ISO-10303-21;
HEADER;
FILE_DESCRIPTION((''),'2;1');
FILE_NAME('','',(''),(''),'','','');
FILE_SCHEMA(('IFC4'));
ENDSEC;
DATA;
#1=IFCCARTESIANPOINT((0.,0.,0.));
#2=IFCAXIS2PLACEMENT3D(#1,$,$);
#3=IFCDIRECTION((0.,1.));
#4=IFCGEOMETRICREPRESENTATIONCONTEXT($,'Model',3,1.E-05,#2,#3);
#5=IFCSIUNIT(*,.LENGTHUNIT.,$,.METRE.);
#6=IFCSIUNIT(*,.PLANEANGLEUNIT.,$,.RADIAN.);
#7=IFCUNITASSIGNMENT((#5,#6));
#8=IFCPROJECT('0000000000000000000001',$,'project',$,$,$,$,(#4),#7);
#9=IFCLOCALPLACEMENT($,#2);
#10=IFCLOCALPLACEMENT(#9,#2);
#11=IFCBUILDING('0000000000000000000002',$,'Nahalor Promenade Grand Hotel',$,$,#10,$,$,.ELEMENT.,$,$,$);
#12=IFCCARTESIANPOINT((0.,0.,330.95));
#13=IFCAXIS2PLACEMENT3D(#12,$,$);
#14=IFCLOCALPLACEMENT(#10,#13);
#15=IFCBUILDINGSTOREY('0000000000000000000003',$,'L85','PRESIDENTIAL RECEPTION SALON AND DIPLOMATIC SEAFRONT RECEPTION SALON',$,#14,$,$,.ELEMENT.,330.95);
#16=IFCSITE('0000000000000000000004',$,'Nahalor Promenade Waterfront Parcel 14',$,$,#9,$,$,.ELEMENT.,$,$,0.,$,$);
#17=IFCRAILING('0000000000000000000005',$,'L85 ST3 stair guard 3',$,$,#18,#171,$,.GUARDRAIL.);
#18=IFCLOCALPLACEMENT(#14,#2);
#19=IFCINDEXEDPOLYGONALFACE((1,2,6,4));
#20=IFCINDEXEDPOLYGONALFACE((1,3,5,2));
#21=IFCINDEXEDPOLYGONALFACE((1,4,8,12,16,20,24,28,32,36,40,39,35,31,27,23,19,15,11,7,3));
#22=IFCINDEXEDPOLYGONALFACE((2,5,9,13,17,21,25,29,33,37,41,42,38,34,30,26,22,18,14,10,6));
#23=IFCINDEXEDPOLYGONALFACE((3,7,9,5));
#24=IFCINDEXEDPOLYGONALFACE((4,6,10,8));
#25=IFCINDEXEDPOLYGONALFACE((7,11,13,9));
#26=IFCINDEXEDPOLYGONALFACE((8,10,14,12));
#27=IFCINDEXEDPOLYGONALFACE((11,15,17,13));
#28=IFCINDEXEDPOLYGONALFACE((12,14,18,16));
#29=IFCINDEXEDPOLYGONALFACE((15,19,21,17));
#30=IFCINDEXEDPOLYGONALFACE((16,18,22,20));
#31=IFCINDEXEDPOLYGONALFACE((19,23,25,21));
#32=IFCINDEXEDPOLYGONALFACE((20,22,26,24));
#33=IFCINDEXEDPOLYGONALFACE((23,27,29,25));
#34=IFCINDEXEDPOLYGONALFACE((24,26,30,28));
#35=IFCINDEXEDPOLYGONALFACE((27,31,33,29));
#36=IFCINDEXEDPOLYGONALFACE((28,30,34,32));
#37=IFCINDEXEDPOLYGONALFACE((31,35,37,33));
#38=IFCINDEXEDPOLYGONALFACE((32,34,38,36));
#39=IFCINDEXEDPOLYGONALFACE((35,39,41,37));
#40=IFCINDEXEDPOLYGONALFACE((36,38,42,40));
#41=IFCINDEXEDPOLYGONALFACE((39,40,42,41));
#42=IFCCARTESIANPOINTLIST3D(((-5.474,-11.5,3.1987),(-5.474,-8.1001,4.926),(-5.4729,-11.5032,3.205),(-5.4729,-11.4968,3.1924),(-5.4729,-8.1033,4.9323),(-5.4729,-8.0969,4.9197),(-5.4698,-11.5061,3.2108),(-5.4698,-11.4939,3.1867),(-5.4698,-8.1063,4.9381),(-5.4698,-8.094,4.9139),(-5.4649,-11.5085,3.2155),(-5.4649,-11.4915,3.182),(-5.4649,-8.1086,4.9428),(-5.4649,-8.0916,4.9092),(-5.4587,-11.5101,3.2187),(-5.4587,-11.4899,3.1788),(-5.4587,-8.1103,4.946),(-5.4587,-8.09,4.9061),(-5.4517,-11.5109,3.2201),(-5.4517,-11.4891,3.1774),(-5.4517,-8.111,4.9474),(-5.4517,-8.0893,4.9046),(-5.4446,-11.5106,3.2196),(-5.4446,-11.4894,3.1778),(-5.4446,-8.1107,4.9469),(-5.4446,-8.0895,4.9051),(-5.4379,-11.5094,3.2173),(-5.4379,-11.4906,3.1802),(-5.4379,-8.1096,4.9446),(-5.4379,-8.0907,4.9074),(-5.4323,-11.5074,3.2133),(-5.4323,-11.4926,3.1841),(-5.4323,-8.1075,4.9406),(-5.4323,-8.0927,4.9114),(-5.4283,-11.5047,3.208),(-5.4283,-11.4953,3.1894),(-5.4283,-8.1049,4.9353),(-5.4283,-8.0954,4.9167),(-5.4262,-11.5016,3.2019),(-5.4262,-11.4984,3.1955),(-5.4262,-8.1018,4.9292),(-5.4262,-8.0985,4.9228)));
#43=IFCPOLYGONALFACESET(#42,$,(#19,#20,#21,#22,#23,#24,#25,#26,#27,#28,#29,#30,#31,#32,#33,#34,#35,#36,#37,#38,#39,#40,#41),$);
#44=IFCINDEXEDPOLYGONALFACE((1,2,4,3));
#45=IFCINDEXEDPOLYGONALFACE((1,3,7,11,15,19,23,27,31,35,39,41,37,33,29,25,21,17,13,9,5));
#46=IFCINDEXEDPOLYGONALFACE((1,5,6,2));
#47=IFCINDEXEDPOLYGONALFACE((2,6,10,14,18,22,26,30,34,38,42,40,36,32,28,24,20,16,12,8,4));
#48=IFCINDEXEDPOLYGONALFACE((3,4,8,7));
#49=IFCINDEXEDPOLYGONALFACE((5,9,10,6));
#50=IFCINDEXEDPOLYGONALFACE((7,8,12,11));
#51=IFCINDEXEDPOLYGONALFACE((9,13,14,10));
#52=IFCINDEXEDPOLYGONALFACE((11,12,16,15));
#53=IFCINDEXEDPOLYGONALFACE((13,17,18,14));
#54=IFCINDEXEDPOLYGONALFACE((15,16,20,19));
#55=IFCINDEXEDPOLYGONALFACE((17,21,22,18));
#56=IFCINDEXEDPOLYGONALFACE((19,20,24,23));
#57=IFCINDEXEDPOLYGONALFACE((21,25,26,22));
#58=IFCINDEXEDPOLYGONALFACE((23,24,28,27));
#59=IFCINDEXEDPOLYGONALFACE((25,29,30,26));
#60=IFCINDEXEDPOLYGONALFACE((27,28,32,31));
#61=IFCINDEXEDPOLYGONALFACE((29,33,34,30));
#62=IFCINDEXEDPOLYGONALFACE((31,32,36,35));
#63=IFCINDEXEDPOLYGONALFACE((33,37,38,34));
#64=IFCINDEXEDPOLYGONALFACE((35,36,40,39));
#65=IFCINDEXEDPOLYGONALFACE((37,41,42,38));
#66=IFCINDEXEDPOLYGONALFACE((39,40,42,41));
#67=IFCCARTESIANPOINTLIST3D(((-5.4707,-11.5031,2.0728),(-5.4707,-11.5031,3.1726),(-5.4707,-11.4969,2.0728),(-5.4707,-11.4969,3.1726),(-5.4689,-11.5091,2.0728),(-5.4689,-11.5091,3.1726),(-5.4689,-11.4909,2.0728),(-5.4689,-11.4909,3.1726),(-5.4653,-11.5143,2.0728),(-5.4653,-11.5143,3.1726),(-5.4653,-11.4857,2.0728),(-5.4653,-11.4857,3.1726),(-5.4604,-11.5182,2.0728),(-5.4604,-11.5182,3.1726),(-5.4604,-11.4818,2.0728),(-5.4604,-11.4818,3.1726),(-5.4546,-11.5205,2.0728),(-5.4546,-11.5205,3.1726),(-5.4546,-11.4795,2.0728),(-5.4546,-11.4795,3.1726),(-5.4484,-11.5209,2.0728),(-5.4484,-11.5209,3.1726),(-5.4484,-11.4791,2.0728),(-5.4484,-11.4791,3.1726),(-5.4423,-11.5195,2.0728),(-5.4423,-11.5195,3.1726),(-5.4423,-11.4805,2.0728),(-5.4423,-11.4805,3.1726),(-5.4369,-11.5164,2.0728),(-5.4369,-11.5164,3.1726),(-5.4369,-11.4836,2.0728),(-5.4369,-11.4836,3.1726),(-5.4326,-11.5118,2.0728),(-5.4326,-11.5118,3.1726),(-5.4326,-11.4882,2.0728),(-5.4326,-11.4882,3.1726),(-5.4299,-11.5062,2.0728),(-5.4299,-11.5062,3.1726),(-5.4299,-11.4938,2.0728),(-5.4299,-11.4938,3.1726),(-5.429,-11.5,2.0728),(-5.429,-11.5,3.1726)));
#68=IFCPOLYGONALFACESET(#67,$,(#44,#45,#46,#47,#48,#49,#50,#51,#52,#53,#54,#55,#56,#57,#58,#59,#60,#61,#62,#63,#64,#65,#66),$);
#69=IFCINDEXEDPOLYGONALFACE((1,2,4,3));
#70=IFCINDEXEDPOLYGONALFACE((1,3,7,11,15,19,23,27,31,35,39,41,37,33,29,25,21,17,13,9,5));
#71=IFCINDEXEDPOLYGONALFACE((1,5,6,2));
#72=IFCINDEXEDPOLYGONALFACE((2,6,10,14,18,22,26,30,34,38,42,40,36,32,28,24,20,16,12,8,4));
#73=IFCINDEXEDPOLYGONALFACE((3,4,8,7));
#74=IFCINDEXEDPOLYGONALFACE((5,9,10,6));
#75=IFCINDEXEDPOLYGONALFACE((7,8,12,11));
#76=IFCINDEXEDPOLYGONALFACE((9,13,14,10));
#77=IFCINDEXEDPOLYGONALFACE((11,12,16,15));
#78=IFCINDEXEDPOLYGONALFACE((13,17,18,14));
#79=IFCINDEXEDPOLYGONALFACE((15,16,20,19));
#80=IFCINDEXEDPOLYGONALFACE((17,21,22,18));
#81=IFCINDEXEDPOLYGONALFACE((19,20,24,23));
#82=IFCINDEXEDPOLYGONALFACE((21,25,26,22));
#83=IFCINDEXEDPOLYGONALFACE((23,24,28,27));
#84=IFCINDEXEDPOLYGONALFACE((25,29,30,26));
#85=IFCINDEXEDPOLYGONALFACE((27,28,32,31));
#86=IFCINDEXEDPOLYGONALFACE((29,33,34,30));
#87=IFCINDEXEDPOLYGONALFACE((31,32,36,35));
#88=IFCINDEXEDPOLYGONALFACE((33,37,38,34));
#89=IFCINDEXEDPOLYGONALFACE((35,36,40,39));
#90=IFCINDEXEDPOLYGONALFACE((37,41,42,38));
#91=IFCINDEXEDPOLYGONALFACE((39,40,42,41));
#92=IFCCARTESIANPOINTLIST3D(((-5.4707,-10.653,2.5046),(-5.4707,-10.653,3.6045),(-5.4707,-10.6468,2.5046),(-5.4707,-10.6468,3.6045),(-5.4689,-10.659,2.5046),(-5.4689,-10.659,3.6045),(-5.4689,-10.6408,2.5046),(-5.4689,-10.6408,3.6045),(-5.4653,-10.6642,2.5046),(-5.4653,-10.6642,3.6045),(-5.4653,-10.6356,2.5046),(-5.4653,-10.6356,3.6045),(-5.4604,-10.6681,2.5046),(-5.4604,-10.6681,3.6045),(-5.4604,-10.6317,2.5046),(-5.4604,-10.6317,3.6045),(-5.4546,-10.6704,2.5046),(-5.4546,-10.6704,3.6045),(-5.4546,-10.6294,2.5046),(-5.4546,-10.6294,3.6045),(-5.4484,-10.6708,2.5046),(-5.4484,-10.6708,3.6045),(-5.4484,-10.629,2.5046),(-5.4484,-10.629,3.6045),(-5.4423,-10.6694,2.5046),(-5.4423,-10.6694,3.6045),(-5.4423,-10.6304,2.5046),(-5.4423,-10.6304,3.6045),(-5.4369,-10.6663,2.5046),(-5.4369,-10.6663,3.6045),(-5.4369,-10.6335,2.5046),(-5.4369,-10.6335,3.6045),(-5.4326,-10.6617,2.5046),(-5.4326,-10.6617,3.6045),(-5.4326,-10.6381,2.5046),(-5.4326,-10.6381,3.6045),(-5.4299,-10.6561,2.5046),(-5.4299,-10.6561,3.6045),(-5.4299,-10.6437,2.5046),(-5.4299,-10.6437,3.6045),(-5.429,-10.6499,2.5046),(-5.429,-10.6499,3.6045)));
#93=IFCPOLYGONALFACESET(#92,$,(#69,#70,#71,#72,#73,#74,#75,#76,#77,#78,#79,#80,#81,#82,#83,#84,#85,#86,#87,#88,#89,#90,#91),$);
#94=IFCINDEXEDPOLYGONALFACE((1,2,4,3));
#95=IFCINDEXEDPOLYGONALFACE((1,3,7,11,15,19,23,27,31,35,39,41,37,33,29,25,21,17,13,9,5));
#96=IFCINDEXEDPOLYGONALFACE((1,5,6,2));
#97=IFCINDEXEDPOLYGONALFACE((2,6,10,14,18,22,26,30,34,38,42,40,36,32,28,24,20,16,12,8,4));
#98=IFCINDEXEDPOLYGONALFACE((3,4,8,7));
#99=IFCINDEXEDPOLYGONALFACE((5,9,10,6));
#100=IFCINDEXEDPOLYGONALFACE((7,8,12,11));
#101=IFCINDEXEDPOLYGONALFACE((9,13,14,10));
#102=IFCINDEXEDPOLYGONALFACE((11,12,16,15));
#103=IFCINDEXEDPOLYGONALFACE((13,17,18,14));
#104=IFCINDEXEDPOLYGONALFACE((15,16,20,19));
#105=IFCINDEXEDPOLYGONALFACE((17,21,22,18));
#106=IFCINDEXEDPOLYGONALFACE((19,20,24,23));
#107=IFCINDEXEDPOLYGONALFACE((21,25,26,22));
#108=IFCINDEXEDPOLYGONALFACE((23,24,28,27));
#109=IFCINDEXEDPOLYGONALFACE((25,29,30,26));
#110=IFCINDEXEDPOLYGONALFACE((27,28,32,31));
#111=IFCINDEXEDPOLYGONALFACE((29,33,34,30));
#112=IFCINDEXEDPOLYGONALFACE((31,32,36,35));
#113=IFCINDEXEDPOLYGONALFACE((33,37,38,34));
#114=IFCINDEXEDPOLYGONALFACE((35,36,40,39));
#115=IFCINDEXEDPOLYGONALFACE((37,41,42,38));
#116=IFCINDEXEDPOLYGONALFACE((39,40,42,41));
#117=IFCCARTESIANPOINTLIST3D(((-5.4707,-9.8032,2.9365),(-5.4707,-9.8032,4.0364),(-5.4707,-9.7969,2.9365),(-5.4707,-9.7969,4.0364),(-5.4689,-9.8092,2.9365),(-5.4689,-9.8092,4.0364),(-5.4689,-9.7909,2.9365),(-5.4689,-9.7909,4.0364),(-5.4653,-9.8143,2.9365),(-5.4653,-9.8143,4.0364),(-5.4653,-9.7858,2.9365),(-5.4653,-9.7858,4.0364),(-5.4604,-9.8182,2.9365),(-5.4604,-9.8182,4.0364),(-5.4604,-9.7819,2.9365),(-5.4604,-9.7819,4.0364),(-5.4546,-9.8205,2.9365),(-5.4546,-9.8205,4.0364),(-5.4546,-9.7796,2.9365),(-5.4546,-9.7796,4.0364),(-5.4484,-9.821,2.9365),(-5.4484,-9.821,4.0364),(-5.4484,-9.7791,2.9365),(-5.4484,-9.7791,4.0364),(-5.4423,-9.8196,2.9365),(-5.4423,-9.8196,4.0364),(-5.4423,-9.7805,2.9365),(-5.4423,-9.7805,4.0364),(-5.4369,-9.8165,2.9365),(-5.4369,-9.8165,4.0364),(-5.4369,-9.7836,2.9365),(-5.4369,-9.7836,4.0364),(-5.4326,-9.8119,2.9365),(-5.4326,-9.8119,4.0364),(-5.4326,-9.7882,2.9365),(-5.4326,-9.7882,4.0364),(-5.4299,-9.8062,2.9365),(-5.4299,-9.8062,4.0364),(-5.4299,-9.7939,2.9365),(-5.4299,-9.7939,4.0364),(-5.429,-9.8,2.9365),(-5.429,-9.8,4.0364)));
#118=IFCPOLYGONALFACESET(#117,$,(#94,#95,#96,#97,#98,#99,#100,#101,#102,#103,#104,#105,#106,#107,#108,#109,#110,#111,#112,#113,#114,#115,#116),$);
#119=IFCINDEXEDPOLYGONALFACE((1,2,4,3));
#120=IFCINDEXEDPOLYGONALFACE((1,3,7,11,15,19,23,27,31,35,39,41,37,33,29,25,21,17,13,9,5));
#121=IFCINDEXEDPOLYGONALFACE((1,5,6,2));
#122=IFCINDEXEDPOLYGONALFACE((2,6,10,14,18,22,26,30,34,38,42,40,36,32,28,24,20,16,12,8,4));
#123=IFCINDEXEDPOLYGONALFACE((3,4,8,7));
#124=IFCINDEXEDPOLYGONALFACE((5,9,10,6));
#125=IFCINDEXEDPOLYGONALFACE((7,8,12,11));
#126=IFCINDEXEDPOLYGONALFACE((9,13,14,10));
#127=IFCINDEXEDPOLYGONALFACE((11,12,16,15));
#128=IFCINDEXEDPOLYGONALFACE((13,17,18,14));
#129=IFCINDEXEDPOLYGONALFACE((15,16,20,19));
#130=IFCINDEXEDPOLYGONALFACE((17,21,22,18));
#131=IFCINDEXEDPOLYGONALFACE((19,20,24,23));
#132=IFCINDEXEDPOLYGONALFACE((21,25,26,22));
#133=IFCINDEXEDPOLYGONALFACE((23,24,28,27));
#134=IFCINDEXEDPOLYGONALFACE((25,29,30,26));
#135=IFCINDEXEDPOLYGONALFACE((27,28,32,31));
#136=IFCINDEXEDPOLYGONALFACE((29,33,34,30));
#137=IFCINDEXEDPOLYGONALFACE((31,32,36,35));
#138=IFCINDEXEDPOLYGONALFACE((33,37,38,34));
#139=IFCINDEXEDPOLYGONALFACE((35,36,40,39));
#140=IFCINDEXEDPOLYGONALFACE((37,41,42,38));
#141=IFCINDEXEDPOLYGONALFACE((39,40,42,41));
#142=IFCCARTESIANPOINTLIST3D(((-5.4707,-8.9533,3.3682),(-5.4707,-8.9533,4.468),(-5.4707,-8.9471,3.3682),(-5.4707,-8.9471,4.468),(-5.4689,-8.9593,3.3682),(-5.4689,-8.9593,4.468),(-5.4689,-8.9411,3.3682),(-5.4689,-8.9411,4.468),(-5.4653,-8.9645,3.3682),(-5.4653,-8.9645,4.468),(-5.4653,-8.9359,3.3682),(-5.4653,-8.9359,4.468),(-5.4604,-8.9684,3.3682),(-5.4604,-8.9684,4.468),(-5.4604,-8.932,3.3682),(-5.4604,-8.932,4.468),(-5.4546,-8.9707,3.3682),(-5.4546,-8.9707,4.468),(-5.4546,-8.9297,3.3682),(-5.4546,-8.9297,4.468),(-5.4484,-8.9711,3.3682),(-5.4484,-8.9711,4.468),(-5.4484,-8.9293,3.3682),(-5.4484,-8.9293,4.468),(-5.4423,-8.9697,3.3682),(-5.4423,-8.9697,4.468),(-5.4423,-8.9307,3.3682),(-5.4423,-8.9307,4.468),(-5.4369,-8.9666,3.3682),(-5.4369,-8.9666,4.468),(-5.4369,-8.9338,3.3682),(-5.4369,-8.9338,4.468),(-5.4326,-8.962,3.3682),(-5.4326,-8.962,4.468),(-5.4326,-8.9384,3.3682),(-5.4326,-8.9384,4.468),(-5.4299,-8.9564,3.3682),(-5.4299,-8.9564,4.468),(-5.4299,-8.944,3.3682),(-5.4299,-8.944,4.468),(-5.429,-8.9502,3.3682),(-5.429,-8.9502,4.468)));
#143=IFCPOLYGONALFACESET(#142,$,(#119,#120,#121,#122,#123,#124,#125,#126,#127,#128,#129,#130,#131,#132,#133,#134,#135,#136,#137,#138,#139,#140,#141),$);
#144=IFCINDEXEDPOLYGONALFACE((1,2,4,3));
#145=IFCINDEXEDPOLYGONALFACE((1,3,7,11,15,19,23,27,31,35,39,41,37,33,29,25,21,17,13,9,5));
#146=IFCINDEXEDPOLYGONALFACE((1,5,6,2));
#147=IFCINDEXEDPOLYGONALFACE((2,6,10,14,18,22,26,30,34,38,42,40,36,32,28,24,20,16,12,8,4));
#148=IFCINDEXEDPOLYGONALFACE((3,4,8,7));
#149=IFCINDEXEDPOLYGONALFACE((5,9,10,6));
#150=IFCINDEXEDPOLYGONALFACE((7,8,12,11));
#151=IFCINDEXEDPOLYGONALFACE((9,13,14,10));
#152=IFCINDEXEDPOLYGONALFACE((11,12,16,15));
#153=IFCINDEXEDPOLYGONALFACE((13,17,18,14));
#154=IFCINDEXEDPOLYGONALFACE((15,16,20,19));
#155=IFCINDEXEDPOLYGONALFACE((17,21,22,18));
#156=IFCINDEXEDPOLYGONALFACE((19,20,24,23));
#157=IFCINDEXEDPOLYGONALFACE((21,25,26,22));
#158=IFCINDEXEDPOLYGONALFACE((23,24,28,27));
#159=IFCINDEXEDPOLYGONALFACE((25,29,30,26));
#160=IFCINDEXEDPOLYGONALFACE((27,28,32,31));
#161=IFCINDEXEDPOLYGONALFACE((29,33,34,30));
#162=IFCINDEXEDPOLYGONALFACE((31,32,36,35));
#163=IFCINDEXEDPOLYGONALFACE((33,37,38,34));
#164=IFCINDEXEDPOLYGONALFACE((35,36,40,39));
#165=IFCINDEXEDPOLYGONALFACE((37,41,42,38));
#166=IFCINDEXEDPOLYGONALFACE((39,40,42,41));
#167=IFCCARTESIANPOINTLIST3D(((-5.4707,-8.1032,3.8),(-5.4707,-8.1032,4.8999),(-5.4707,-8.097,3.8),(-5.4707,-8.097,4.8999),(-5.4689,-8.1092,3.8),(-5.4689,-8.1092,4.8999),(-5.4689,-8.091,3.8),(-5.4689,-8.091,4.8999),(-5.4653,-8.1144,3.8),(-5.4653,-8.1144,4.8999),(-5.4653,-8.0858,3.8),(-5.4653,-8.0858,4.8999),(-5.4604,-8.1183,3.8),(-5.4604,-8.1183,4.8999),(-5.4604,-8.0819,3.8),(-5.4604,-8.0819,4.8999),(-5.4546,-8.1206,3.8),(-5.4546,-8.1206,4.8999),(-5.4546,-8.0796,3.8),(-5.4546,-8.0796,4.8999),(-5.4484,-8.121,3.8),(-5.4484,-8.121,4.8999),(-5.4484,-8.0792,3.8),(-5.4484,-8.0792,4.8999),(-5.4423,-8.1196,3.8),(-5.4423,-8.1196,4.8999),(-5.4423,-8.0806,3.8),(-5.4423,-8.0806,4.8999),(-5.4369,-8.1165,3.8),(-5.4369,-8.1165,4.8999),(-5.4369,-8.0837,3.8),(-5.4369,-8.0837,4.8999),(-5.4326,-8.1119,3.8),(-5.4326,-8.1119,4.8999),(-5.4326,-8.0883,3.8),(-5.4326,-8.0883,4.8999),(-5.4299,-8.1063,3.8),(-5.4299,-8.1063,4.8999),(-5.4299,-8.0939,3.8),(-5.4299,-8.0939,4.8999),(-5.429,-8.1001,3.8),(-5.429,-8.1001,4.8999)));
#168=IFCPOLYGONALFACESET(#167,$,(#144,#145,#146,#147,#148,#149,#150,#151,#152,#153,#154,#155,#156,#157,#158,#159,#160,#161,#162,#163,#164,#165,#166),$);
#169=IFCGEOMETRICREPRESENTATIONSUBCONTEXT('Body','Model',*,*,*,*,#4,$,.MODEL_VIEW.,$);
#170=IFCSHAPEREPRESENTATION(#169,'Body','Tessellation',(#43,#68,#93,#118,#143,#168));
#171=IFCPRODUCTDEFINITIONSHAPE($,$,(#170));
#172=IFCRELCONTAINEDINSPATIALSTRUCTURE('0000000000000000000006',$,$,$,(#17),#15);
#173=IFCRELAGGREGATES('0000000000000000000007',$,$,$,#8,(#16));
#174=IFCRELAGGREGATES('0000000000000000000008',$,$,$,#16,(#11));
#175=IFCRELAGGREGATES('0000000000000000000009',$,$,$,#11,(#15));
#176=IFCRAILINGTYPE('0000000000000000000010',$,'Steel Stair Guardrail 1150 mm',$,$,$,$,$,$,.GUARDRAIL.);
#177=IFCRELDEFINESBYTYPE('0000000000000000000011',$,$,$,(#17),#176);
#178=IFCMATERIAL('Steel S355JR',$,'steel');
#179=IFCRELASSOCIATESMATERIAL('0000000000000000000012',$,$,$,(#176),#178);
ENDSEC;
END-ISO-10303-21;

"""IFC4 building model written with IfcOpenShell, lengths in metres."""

from ifc_helpers import new_model, si_unit, direction, frame, origin, origin_2d, place, context, subcontext, project, spatial, circle, extrude, material, type_object, element, save


model = new_model("IFC4")

# Units and contexts
model_context = context("Model", 3, precision=1e-05, world=origin(), true_north=direction((0.0, 1.0)))
body_context = subcontext(model_context, "Body", "Model", "MODEL_VIEW")
ifc_project = project(units=[si_unit("LENGTHUNIT", "METRE"), si_unit("PLANEANGLEUNIT", "RADIAN")], contexts=[model_context])

# Site, building, storey
site_placement = place(None, origin())
site = spatial("IfcSite", under=ifc_project, at=site_placement, Name="Nahalor Promenade Waterfront Parcel 14", CompositionType="ELEMENT", RefElevation=0.0)
building_placement = place(site_placement, origin())
building = spatial("IfcBuilding", under=site, at=building_placement, Name="Nahalor Promenade Grand Hotel", CompositionType="ELEMENT")
storey_placement = place(building_placement, frame((0.0, 0.0, 330.95)))
storey = spatial("IfcBuildingStorey", under=building, at=storey_placement, Name="L85", Description="PRESIDENTIAL RECEPTION SALON AND DIPLOMATIC SEAFRONT RECEPTION SALON", CompositionType="ELEMENT", Elevation=330.95)

# Shared definitions
ifc_material_1 = material(Name="Steel S355JR", Category="steel")

# Railing
railing_type_1 = type_object("IfcRailingType", Name="Steel Stair Guardrail 1150 mm", PredefinedType="GUARDRAIL", material=ifc_material_1)
railing_1_placement = place(storey_placement, frame((-5.45, -11.5, 2.0728)))
element("IfcRailing", 1, at=railing_1_placement, inside=storey, type_object=railing_type_1, Name="L85 ST3 stair guard 3", PredefinedType="GUARDRAIL", context=body_context, shape_type="SweptSolid", body=[
    extrude(circle(Radius=0.024, at=origin_2d()), frame((0.0, 0.0, 1.126), z_axis=(0.0, 0.891541, 0.452941), x_axis=(-1.0, 0.0, 0.0)), (0.0, 0.0, 1.0), 3.8135),
    extrude(circle(Radius=0.021, at=origin_2d()), origin(), (0.0, 0.0, 1.0), 1.0999),
    extrude(circle(Radius=0.021, at=origin_2d()), frame((0.0, 0.8501, 0.4319)), (0.0, 0.0, 1.0), 1.0999),
    extrude(circle(Radius=0.021, at=origin_2d()), frame((0.0, 1.7, 0.8638)), (0.0, 0.0, 1.0), 1.0999),
    extrude(circle(Radius=0.021, at=origin_2d()), frame((0.0, 2.5498, 1.2954)), (0.0, 0.0, 1.0), 1.0999),
    extrude(circle(Radius=0.021, at=origin_2d()), frame((0.0, 3.3999, 1.7273)), (0.0, 0.0, 1.0), 1.0999),
])

save(model, "model.ifc")
